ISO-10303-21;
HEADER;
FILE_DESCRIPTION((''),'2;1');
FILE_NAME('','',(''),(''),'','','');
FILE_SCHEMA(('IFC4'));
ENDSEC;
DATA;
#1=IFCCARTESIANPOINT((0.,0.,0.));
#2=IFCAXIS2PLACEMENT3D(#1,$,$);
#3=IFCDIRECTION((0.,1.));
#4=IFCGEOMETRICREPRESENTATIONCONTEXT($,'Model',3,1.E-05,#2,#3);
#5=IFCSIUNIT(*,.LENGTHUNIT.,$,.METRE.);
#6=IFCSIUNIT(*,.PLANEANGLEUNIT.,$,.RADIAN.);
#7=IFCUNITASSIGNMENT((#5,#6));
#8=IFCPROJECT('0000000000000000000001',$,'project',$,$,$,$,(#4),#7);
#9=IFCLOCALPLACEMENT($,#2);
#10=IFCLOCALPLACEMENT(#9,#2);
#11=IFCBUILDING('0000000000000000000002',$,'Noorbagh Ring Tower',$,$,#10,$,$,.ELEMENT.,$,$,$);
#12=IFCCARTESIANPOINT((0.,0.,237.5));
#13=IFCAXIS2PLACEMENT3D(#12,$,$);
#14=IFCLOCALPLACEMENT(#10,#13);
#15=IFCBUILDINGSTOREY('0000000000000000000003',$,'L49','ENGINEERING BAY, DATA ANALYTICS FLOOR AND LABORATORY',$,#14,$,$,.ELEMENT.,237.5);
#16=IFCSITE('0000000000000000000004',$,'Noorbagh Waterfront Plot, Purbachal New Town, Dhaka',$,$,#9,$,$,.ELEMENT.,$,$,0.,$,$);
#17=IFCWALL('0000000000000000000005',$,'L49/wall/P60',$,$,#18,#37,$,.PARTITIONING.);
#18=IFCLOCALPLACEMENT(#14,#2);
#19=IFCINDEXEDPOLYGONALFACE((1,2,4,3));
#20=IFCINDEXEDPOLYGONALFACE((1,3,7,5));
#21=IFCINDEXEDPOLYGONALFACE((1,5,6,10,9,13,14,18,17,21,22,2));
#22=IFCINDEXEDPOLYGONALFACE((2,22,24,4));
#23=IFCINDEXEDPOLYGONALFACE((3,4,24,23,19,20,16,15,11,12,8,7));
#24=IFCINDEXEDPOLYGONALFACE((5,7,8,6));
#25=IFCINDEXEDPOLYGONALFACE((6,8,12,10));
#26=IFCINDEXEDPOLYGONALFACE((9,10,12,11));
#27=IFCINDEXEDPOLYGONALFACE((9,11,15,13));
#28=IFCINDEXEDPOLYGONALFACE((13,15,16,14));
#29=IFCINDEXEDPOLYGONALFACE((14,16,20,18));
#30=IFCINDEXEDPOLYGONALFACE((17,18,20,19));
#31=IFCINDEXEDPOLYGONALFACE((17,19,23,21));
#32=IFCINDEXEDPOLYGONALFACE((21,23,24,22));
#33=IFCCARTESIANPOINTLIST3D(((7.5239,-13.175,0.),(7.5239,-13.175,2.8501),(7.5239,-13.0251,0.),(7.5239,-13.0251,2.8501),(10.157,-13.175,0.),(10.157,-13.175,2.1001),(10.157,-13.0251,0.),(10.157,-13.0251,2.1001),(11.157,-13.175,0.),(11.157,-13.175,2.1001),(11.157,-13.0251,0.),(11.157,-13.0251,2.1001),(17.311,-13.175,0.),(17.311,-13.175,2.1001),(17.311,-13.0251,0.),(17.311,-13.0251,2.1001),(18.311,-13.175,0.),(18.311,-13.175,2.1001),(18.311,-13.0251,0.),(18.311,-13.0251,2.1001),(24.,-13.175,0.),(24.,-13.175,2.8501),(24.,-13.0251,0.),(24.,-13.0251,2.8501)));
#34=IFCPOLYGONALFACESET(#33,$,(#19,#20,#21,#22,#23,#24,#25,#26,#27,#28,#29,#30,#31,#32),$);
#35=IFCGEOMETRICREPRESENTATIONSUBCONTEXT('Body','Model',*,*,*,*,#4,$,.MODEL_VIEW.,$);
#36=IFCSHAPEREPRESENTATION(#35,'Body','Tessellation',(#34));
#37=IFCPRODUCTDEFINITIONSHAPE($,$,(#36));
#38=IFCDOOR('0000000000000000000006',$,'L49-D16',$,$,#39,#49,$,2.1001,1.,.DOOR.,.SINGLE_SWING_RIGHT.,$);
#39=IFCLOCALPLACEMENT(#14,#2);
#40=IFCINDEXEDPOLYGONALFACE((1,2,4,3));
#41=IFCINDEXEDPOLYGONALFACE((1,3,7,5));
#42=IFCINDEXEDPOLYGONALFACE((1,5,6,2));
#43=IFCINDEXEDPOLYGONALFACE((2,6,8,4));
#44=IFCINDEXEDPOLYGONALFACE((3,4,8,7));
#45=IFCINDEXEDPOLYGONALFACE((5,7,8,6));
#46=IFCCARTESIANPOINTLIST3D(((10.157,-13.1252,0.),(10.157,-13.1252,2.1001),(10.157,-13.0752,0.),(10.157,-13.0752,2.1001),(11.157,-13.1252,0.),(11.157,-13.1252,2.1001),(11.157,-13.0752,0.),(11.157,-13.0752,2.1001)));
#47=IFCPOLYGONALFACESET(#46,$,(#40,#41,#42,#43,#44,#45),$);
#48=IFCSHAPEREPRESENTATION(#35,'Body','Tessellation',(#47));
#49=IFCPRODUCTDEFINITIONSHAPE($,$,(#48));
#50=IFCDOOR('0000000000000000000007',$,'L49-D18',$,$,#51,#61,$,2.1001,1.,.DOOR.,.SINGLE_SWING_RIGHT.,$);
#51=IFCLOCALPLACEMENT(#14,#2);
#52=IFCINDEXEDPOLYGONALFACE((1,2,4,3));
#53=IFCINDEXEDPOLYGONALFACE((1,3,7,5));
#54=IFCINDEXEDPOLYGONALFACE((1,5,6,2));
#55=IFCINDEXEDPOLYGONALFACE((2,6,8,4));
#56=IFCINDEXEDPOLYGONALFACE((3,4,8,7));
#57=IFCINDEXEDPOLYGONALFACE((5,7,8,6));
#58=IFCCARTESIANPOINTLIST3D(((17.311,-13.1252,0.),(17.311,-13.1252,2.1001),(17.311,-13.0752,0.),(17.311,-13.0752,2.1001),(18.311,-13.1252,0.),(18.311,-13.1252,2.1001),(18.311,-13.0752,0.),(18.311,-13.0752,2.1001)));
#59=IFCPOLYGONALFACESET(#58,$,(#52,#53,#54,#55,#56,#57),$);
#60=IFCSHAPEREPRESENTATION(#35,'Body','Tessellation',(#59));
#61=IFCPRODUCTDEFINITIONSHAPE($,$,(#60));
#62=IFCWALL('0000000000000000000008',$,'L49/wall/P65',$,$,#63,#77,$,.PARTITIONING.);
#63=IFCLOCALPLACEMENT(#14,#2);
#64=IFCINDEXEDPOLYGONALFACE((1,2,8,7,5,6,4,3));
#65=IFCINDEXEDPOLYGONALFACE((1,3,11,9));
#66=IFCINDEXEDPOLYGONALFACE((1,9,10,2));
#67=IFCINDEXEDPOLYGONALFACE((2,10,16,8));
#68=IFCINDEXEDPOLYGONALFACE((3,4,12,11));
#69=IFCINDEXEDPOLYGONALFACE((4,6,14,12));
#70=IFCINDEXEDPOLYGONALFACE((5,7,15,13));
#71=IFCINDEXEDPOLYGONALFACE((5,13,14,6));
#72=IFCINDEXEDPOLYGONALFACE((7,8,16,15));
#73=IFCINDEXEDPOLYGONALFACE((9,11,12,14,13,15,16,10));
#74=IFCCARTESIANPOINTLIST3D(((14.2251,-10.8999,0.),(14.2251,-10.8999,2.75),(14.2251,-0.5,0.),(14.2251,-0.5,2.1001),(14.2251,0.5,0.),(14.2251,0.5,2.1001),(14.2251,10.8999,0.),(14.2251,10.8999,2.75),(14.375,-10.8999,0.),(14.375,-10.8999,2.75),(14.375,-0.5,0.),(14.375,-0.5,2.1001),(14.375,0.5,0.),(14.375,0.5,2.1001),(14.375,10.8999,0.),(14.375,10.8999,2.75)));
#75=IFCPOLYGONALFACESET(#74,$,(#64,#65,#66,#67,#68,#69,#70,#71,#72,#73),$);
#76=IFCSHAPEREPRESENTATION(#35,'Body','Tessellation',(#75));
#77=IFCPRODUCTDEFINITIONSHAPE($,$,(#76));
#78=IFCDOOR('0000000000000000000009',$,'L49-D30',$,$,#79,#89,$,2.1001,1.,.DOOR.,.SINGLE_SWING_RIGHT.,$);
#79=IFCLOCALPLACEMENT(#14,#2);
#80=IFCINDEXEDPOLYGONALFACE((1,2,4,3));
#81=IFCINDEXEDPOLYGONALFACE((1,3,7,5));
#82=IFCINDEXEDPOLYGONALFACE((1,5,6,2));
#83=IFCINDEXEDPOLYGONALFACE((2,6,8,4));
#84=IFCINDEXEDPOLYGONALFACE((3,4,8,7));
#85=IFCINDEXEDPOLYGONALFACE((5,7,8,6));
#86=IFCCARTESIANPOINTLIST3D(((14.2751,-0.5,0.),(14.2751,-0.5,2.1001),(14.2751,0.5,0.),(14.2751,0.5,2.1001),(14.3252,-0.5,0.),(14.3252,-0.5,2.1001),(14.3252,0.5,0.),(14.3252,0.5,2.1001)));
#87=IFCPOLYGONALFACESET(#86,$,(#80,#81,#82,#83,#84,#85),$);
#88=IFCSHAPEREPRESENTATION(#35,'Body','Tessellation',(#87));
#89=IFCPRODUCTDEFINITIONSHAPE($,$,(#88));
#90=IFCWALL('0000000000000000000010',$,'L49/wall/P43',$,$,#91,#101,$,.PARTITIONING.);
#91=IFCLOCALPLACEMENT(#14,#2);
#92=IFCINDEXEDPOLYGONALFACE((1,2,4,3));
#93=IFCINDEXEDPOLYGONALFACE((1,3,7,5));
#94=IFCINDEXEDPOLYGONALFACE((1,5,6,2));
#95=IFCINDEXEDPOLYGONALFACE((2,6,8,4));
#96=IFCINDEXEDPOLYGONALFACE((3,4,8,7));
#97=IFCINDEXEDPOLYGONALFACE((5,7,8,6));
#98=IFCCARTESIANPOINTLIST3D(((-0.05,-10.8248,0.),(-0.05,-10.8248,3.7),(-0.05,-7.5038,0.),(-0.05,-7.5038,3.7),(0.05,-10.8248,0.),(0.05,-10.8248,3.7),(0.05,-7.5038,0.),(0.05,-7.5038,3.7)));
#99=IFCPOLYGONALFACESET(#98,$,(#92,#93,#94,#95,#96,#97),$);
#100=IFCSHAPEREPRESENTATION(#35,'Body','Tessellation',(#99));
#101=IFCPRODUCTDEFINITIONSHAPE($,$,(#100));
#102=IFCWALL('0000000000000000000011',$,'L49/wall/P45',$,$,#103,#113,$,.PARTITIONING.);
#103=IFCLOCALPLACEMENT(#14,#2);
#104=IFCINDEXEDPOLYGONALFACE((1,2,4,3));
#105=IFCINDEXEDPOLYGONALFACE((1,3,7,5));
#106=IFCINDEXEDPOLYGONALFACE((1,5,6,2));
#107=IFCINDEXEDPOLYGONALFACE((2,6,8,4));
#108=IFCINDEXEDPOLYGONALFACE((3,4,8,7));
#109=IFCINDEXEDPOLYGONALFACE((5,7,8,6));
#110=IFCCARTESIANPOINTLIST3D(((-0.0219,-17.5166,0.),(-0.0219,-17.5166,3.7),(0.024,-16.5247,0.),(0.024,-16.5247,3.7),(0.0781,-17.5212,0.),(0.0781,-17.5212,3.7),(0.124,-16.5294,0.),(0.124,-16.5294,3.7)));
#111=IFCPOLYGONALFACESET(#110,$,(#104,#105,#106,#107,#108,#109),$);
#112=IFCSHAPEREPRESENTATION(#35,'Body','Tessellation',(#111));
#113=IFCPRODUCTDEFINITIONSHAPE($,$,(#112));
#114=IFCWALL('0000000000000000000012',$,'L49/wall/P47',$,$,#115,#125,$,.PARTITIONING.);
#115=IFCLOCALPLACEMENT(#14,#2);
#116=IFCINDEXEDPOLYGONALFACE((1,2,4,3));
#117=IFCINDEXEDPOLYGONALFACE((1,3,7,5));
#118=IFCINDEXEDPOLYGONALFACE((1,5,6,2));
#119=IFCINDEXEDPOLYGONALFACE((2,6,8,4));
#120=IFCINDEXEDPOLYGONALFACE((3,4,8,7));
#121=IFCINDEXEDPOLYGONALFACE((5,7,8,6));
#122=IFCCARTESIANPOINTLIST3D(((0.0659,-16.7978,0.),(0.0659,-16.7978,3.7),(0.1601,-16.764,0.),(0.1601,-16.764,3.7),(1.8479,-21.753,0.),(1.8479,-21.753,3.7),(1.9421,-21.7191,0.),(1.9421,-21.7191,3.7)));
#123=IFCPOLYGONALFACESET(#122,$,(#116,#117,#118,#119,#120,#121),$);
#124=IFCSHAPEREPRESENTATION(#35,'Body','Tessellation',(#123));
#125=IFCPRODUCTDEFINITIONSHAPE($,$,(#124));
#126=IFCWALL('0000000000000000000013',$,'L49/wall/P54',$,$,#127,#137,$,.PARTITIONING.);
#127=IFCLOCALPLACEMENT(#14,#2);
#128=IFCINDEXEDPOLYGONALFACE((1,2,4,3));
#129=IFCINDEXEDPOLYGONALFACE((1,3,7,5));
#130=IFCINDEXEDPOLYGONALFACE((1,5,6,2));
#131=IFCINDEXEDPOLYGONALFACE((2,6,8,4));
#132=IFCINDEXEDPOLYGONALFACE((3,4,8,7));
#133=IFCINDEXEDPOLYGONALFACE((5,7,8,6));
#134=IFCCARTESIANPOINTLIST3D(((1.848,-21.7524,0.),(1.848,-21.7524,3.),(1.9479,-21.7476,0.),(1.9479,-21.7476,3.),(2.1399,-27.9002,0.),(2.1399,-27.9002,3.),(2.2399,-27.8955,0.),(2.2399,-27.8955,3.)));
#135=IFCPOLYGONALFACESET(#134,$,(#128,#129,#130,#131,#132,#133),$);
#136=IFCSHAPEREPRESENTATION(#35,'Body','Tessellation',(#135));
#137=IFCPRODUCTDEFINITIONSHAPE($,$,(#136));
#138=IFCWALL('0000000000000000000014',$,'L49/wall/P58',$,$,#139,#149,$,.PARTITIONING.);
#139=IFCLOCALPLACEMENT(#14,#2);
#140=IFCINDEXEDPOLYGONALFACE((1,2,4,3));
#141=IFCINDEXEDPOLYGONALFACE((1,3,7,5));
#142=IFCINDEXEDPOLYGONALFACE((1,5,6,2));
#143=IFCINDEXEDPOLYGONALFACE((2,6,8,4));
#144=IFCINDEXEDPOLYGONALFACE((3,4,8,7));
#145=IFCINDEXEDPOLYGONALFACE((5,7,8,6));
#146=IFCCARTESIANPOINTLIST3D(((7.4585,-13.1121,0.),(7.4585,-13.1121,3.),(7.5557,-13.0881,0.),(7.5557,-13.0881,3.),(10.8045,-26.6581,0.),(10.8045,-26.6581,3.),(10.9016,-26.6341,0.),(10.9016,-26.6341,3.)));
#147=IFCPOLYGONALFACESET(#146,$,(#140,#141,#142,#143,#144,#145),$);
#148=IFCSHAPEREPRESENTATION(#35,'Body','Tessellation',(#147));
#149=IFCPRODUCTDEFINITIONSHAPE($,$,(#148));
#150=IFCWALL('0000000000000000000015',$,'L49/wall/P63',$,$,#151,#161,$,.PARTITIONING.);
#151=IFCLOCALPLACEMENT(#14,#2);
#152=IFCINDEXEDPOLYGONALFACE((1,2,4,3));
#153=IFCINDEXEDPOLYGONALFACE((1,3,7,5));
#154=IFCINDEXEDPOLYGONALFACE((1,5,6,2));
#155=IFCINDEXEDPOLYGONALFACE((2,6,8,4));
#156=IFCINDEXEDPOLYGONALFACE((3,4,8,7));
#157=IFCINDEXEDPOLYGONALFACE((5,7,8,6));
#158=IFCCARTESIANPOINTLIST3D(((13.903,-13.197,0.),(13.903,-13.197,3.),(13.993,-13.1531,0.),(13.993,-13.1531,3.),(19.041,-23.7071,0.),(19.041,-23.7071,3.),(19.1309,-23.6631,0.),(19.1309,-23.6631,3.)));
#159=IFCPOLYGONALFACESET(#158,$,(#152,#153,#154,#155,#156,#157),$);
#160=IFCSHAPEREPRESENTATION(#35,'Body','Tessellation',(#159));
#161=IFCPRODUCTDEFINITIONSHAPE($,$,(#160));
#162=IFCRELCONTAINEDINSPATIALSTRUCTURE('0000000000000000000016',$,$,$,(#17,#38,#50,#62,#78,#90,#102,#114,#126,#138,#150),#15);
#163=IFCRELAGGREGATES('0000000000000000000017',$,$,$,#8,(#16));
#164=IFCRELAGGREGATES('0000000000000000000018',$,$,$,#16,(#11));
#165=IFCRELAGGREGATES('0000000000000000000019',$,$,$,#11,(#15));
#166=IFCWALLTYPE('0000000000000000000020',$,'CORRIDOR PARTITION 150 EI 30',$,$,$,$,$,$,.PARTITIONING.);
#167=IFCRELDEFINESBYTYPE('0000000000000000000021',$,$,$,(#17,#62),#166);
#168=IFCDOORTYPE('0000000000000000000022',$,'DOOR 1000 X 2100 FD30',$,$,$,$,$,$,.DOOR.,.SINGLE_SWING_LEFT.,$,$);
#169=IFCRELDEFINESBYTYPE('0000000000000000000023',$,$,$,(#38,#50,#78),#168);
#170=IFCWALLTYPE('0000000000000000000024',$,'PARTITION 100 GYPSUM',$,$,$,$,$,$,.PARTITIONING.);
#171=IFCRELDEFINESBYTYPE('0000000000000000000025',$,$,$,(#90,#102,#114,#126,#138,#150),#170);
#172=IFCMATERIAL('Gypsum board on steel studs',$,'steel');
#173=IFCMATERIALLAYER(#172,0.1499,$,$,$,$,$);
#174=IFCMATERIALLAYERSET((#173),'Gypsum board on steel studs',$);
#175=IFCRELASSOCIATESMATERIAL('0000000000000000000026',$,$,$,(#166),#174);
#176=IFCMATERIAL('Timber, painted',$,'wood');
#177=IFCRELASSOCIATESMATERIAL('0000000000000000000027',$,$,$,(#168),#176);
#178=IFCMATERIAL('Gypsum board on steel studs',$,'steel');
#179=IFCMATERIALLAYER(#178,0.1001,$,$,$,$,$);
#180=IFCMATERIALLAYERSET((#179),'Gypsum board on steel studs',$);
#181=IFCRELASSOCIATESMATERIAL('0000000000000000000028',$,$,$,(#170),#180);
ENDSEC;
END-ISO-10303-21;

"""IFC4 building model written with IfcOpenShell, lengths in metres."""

from ifc_helpers import new_model, si_unit, direction, frame, frame_2d, origin, place, context, subcontext, project, spatial, rectangle, extrude, material, layer, layer_set, type_object, element, fill, save


model = new_model("IFC4")

# Units and contexts
model_context = context("Model", 3, precision=1e-05, world=origin(), true_north=direction((0.0, 1.0)))
body_context = subcontext(model_context, "Body", "Model", "MODEL_VIEW")
ifc_project = project(units=[si_unit("LENGTHUNIT", "METRE"), si_unit("PLANEANGLEUNIT", "RADIAN")], contexts=[model_context])

# Site, building, storey
site_placement = place(None, origin())
site = spatial("IfcSite", under=ifc_project, at=site_placement, Name="Noorbagh Waterfront Plot, Purbachal New Town, Dhaka", CompositionType="ELEMENT", RefElevation=0.0)
building_placement = place(site_placement, origin())
building = spatial("IfcBuilding", under=site, at=building_placement, Name="Noorbagh Ring Tower", CompositionType="ELEMENT")
storey_placement = place(building_placement, frame((0.0, 0.0, 237.5)))
storey = spatial("IfcBuildingStorey", under=building, at=storey_placement, Name="L49", Description="ENGINEERING BAY, DATA ANALYTICS FLOOR AND LABORATORY", CompositionType="ELEMENT", Elevation=237.5)

# Shared definitions
ifc_material_1 = material(Name="Gypsum board on steel studs", Category="steel")
ifc_layer_1 = layer(ifc_material_1, 0.1499)
ifc_layer_set_1 = layer_set([ifc_layer_1], Name="Gypsum board on steel studs")
wall_type_1 = type_object("IfcWallType", Name="CORRIDOR PARTITION 150 EI 30", PredefinedType="PARTITIONING", material=ifc_layer_set_1)

# Shared definitions
ifc_material_2 = material(Name="Timber, painted", Category="wood")
door_type = type_object("IfcDoorType", Name="DOOR 1000 X 2100 FD30", OperationType="SINGLE_SWING_LEFT", PredefinedType="DOOR", material=ifc_material_2)

# Wall, openings, doors
wall_1_placement = place(storey_placement, frame((7.5239, -13.1001, 0.0), z_axis=(0.0, 0.0, 1.0), x_axis=(1.0, 0.0, 0.0)))
wall_1 = element("IfcWall", 1, at=wall_1_placement, inside=storey, type_object=wall_type_1, Name="L49/wall/P60", PredefinedType="PARTITIONING", context=body_context, shape_type="SweptSolid", body=[
    extrude(rectangle(XDim=16.4761, YDim=0.1499, at=frame_2d((8.238, 0.0))), origin(), (0.0, 0.0, 1.0), 2.8501),
])
opening_1_placement = place(wall_1_placement, frame((2.6331, 0.0, 0.0)))
opening_1 = element("IfcOpeningElement", 2, at=opening_1_placement, cuts=wall_1, PredefinedType="OPENING", context=body_context, shape_type="SweptSolid", body=[
    extrude(rectangle(XDim=1.0, YDim=2.1001, at=frame_2d((0.5, 1.05))), frame((0.0, 0.085, 0.0), z_axis=(0.0, -1.0, 0.0), x_axis=(1.0, 0.0, 0.0)), (0.0, 0.0, 1.0), 0.1699),
])
opening_2_placement = place(wall_1_placement, frame((9.7871, 0.0, 0.0)))
opening_2 = element("IfcOpeningElement", 3, at=opening_2_placement, cuts=wall_1, PredefinedType="OPENING", context=body_context, shape_type="SweptSolid", body=[
    extrude(rectangle(XDim=1.0, YDim=2.1001, at=frame_2d((0.5, 1.05))), frame((0.0, 0.085, 0.0), z_axis=(0.0, -1.0, 0.0), x_axis=(1.0, 0.0, 0.0)), (0.0, 0.0, 1.0), 0.1699),
])
door_1_placement = place(opening_1_placement, origin())
door_1 = element("IfcDoor", 4, at=door_1_placement, inside=storey, type_object=door_type, Name="L49-D16", OperationType="SINGLE_SWING_RIGHT", OverallHeight=2.1001, OverallWidth=1.0, PredefinedType="DOOR", context=body_context, shape_type="SweptSolid", body=[
    extrude(rectangle(XDim=1.0, YDim=2.1001, at=frame_2d((0.5, 1.05))), frame((0.0, 0.0249, 0.0), z_axis=(0.0, -1.0, 0.0), x_axis=(1.0, 0.0, 0.0)), (0.0, 0.0, 1.0), 0.05),
])
fill(opening_1, door_1)
door_2_placement = place(opening_2_placement, origin())
door_2 = element("IfcDoor", 5, at=door_2_placement, inside=storey, type_object=door_type, Name="L49-D18", OperationType="SINGLE_SWING_RIGHT", OverallHeight=2.1001, OverallWidth=1.0, PredefinedType="DOOR", context=body_context, shape_type="SweptSolid", body=[
    extrude(rectangle(XDim=1.0, YDim=2.1001, at=frame_2d((0.5, 1.05))), frame((0.0, 0.0249, 0.0), z_axis=(0.0, -1.0, 0.0), x_axis=(1.0, 0.0, 0.0)), (0.0, 0.0, 1.0), 0.05),
])
fill(opening_2, door_2)

# Wall, opening, door
wall_2_placement = place(storey_placement, frame((14.3, -10.8999, 0.0), z_axis=(0.0, 0.0, 1.0), x_axis=(0.0, 1.0, 0.0)))
wall_2 = element("IfcWall", 6, at=wall_2_placement, inside=storey, type_object=wall_type_1, Name="L49/wall/P65", PredefinedType="PARTITIONING", context=body_context, shape_type="SweptSolid", body=[
    extrude(rectangle(XDim=21.7998, YDim=0.1499, at=frame_2d((10.8999, 0.0))), origin(), (0.0, 0.0, 1.0), 2.75),
])
opening_3_placement = place(wall_2_placement, frame((10.3999, 0.0, 0.0)))
opening_3 = element("IfcOpeningElement", 7, at=opening_3_placement, cuts=wall_2, PredefinedType="OPENING", context=body_context, shape_type="SweptSolid", body=[
    extrude(rectangle(XDim=1.0, YDim=2.1001, at=frame_2d((0.5, 1.05))), frame((0.0, 0.085, 0.0), z_axis=(0.0, -1.0, 0.0), x_axis=(1.0, 0.0, 0.0)), (0.0, 0.0, 1.0), 0.1699),
])
door_3_placement = place(opening_3_placement, origin())
door_3 = element("IfcDoor", 8, at=door_3_placement, inside=storey, type_object=door_type, Name="L49-D30", OperationType="SINGLE_SWING_RIGHT", OverallHeight=2.1001, OverallWidth=1.0, PredefinedType="DOOR", context=body_context, shape_type="SweptSolid", body=[
    extrude(rectangle(XDim=1.0, YDim=2.1001, at=frame_2d((0.5, 1.05))), frame((0.0, 0.0249, 0.0), z_axis=(0.0, -1.0, 0.0), x_axis=(1.0, 0.0, 0.0)), (0.0, 0.0, 1.0), 0.05),
])
fill(opening_3, door_3)

# Walls
ifc_material_3 = material(Name="Gypsum board on steel studs", Category="steel")
ifc_layer_2 = layer(ifc_material_3, 0.1001)
ifc_layer_set_2 = layer_set([ifc_layer_2], Name="Gypsum board on steel studs")
wall_type_2 = type_object("IfcWallType", Name="PARTITION 100 GYPSUM", PredefinedType="PARTITIONING", material=ifc_layer_set_2)
wall_3_placement = place(storey_placement, frame((0.0, -10.825, 0.0), z_axis=(0.0, 0.0, 1.0), x_axis=(0.0, 1.0, 0.0)))
element("IfcWall", 9, at=wall_3_placement, inside=storey, type_object=wall_type_2, Name="L49/wall/P43", PredefinedType="PARTITIONING", context=body_context, shape_type="SweptSolid", body=[
    extrude(rectangle(XDim=3.321, YDim=0.1001, at=frame_2d((1.6606, 0.0))), origin(), (0.0, 0.0, 1.0), 3.7),
])
wall_4_placement = place(storey_placement, frame((0.0281, -17.519, 0.0), z_axis=(0.0, 0.0, 1.0), x_axis=(0.046222, 0.998931, 0.0)))
element("IfcWall", 10, at=wall_4_placement, inside=storey, type_object=wall_type_2, Name="L49/wall/P45", PredefinedType="PARTITIONING", context=body_context, shape_type="SweptSolid", body=[
    extrude(rectangle(XDim=0.9929, YDim=0.1001, at=frame_2d((0.4966, 0.0))), origin(), (0.0, 0.0, 1.0), 3.7),
])
wall_5_placement = place(storey_placement, frame((0.113, -16.781, 0.0), z_axis=(0.0, 0.0, 1.0), x_axis=(0.338409, -0.940999, 0.0)))
element("IfcWall", 11, at=wall_5_placement, inside=storey, type_object=wall_type_2, Name="L49/wall/P47", PredefinedType="PARTITIONING", context=body_context, shape_type="SweptSolid", body=[
    extrude(rectangle(XDim=5.2659, YDim=0.1001, at=frame_2d((2.6328, 0.0))), origin(), (0.0, 0.0, 1.0), 3.7),
])
wall_6_placement = place(storey_placement, frame((1.8979, -21.75, 0.0), z_axis=(0.0, 0.0, 1.0), x_axis=(0.047441, -0.998874, 0.0)))
element("IfcWall", 12, at=wall_6_placement, inside=storey, type_object=wall_type_2, Name="L49/wall/P54", PredefinedType="PARTITIONING", context=body_context, shape_type="SweptSolid", body=[
    extrude(rectangle(XDim=6.1548, YDim=0.1001, at=frame_2d((3.0774, 0.0))), origin(), (0.0, 0.0, 1.0), 3.0),
])
wall_7_placement = place(storey_placement, frame((7.5071, -13.1001, 0.0), z_axis=(0.0, 0.0, 1.0), x_axis=(0.239801, -0.970822, 0.0)))
element("IfcWall", 13, at=wall_7_placement, inside=storey, type_object=wall_type_2, Name="L49/wall/P58", PredefinedType="PARTITIONING", context=body_context, shape_type="SweptSolid", body=[
    extrude(rectangle(XDim=13.9531, YDim=0.1001, at=frame_2d((6.9766, 0.0))), origin(), (0.0, 0.0, 1.0), 3.0),
])
wall_8_placement = place(storey_placement, frame((13.948, -13.175, 0.0), z_axis=(0.0, 0.0, 1.0), x_axis=(0.43919, -0.898394, 0.0)))
element("IfcWall", 14, at=wall_8_placement, inside=storey, type_object=wall_type_2, Name="L49/wall/P63", PredefinedType="PARTITIONING", context=body_context, shape_type="SweptSolid", body=[
    extrude(rectangle(XDim=11.6987, YDim=0.1001, at=frame_2d((5.8494, 0.0))), origin(), (0.0, 0.0, 1.0), 3.0),
])

save(model, "model.ifc")
